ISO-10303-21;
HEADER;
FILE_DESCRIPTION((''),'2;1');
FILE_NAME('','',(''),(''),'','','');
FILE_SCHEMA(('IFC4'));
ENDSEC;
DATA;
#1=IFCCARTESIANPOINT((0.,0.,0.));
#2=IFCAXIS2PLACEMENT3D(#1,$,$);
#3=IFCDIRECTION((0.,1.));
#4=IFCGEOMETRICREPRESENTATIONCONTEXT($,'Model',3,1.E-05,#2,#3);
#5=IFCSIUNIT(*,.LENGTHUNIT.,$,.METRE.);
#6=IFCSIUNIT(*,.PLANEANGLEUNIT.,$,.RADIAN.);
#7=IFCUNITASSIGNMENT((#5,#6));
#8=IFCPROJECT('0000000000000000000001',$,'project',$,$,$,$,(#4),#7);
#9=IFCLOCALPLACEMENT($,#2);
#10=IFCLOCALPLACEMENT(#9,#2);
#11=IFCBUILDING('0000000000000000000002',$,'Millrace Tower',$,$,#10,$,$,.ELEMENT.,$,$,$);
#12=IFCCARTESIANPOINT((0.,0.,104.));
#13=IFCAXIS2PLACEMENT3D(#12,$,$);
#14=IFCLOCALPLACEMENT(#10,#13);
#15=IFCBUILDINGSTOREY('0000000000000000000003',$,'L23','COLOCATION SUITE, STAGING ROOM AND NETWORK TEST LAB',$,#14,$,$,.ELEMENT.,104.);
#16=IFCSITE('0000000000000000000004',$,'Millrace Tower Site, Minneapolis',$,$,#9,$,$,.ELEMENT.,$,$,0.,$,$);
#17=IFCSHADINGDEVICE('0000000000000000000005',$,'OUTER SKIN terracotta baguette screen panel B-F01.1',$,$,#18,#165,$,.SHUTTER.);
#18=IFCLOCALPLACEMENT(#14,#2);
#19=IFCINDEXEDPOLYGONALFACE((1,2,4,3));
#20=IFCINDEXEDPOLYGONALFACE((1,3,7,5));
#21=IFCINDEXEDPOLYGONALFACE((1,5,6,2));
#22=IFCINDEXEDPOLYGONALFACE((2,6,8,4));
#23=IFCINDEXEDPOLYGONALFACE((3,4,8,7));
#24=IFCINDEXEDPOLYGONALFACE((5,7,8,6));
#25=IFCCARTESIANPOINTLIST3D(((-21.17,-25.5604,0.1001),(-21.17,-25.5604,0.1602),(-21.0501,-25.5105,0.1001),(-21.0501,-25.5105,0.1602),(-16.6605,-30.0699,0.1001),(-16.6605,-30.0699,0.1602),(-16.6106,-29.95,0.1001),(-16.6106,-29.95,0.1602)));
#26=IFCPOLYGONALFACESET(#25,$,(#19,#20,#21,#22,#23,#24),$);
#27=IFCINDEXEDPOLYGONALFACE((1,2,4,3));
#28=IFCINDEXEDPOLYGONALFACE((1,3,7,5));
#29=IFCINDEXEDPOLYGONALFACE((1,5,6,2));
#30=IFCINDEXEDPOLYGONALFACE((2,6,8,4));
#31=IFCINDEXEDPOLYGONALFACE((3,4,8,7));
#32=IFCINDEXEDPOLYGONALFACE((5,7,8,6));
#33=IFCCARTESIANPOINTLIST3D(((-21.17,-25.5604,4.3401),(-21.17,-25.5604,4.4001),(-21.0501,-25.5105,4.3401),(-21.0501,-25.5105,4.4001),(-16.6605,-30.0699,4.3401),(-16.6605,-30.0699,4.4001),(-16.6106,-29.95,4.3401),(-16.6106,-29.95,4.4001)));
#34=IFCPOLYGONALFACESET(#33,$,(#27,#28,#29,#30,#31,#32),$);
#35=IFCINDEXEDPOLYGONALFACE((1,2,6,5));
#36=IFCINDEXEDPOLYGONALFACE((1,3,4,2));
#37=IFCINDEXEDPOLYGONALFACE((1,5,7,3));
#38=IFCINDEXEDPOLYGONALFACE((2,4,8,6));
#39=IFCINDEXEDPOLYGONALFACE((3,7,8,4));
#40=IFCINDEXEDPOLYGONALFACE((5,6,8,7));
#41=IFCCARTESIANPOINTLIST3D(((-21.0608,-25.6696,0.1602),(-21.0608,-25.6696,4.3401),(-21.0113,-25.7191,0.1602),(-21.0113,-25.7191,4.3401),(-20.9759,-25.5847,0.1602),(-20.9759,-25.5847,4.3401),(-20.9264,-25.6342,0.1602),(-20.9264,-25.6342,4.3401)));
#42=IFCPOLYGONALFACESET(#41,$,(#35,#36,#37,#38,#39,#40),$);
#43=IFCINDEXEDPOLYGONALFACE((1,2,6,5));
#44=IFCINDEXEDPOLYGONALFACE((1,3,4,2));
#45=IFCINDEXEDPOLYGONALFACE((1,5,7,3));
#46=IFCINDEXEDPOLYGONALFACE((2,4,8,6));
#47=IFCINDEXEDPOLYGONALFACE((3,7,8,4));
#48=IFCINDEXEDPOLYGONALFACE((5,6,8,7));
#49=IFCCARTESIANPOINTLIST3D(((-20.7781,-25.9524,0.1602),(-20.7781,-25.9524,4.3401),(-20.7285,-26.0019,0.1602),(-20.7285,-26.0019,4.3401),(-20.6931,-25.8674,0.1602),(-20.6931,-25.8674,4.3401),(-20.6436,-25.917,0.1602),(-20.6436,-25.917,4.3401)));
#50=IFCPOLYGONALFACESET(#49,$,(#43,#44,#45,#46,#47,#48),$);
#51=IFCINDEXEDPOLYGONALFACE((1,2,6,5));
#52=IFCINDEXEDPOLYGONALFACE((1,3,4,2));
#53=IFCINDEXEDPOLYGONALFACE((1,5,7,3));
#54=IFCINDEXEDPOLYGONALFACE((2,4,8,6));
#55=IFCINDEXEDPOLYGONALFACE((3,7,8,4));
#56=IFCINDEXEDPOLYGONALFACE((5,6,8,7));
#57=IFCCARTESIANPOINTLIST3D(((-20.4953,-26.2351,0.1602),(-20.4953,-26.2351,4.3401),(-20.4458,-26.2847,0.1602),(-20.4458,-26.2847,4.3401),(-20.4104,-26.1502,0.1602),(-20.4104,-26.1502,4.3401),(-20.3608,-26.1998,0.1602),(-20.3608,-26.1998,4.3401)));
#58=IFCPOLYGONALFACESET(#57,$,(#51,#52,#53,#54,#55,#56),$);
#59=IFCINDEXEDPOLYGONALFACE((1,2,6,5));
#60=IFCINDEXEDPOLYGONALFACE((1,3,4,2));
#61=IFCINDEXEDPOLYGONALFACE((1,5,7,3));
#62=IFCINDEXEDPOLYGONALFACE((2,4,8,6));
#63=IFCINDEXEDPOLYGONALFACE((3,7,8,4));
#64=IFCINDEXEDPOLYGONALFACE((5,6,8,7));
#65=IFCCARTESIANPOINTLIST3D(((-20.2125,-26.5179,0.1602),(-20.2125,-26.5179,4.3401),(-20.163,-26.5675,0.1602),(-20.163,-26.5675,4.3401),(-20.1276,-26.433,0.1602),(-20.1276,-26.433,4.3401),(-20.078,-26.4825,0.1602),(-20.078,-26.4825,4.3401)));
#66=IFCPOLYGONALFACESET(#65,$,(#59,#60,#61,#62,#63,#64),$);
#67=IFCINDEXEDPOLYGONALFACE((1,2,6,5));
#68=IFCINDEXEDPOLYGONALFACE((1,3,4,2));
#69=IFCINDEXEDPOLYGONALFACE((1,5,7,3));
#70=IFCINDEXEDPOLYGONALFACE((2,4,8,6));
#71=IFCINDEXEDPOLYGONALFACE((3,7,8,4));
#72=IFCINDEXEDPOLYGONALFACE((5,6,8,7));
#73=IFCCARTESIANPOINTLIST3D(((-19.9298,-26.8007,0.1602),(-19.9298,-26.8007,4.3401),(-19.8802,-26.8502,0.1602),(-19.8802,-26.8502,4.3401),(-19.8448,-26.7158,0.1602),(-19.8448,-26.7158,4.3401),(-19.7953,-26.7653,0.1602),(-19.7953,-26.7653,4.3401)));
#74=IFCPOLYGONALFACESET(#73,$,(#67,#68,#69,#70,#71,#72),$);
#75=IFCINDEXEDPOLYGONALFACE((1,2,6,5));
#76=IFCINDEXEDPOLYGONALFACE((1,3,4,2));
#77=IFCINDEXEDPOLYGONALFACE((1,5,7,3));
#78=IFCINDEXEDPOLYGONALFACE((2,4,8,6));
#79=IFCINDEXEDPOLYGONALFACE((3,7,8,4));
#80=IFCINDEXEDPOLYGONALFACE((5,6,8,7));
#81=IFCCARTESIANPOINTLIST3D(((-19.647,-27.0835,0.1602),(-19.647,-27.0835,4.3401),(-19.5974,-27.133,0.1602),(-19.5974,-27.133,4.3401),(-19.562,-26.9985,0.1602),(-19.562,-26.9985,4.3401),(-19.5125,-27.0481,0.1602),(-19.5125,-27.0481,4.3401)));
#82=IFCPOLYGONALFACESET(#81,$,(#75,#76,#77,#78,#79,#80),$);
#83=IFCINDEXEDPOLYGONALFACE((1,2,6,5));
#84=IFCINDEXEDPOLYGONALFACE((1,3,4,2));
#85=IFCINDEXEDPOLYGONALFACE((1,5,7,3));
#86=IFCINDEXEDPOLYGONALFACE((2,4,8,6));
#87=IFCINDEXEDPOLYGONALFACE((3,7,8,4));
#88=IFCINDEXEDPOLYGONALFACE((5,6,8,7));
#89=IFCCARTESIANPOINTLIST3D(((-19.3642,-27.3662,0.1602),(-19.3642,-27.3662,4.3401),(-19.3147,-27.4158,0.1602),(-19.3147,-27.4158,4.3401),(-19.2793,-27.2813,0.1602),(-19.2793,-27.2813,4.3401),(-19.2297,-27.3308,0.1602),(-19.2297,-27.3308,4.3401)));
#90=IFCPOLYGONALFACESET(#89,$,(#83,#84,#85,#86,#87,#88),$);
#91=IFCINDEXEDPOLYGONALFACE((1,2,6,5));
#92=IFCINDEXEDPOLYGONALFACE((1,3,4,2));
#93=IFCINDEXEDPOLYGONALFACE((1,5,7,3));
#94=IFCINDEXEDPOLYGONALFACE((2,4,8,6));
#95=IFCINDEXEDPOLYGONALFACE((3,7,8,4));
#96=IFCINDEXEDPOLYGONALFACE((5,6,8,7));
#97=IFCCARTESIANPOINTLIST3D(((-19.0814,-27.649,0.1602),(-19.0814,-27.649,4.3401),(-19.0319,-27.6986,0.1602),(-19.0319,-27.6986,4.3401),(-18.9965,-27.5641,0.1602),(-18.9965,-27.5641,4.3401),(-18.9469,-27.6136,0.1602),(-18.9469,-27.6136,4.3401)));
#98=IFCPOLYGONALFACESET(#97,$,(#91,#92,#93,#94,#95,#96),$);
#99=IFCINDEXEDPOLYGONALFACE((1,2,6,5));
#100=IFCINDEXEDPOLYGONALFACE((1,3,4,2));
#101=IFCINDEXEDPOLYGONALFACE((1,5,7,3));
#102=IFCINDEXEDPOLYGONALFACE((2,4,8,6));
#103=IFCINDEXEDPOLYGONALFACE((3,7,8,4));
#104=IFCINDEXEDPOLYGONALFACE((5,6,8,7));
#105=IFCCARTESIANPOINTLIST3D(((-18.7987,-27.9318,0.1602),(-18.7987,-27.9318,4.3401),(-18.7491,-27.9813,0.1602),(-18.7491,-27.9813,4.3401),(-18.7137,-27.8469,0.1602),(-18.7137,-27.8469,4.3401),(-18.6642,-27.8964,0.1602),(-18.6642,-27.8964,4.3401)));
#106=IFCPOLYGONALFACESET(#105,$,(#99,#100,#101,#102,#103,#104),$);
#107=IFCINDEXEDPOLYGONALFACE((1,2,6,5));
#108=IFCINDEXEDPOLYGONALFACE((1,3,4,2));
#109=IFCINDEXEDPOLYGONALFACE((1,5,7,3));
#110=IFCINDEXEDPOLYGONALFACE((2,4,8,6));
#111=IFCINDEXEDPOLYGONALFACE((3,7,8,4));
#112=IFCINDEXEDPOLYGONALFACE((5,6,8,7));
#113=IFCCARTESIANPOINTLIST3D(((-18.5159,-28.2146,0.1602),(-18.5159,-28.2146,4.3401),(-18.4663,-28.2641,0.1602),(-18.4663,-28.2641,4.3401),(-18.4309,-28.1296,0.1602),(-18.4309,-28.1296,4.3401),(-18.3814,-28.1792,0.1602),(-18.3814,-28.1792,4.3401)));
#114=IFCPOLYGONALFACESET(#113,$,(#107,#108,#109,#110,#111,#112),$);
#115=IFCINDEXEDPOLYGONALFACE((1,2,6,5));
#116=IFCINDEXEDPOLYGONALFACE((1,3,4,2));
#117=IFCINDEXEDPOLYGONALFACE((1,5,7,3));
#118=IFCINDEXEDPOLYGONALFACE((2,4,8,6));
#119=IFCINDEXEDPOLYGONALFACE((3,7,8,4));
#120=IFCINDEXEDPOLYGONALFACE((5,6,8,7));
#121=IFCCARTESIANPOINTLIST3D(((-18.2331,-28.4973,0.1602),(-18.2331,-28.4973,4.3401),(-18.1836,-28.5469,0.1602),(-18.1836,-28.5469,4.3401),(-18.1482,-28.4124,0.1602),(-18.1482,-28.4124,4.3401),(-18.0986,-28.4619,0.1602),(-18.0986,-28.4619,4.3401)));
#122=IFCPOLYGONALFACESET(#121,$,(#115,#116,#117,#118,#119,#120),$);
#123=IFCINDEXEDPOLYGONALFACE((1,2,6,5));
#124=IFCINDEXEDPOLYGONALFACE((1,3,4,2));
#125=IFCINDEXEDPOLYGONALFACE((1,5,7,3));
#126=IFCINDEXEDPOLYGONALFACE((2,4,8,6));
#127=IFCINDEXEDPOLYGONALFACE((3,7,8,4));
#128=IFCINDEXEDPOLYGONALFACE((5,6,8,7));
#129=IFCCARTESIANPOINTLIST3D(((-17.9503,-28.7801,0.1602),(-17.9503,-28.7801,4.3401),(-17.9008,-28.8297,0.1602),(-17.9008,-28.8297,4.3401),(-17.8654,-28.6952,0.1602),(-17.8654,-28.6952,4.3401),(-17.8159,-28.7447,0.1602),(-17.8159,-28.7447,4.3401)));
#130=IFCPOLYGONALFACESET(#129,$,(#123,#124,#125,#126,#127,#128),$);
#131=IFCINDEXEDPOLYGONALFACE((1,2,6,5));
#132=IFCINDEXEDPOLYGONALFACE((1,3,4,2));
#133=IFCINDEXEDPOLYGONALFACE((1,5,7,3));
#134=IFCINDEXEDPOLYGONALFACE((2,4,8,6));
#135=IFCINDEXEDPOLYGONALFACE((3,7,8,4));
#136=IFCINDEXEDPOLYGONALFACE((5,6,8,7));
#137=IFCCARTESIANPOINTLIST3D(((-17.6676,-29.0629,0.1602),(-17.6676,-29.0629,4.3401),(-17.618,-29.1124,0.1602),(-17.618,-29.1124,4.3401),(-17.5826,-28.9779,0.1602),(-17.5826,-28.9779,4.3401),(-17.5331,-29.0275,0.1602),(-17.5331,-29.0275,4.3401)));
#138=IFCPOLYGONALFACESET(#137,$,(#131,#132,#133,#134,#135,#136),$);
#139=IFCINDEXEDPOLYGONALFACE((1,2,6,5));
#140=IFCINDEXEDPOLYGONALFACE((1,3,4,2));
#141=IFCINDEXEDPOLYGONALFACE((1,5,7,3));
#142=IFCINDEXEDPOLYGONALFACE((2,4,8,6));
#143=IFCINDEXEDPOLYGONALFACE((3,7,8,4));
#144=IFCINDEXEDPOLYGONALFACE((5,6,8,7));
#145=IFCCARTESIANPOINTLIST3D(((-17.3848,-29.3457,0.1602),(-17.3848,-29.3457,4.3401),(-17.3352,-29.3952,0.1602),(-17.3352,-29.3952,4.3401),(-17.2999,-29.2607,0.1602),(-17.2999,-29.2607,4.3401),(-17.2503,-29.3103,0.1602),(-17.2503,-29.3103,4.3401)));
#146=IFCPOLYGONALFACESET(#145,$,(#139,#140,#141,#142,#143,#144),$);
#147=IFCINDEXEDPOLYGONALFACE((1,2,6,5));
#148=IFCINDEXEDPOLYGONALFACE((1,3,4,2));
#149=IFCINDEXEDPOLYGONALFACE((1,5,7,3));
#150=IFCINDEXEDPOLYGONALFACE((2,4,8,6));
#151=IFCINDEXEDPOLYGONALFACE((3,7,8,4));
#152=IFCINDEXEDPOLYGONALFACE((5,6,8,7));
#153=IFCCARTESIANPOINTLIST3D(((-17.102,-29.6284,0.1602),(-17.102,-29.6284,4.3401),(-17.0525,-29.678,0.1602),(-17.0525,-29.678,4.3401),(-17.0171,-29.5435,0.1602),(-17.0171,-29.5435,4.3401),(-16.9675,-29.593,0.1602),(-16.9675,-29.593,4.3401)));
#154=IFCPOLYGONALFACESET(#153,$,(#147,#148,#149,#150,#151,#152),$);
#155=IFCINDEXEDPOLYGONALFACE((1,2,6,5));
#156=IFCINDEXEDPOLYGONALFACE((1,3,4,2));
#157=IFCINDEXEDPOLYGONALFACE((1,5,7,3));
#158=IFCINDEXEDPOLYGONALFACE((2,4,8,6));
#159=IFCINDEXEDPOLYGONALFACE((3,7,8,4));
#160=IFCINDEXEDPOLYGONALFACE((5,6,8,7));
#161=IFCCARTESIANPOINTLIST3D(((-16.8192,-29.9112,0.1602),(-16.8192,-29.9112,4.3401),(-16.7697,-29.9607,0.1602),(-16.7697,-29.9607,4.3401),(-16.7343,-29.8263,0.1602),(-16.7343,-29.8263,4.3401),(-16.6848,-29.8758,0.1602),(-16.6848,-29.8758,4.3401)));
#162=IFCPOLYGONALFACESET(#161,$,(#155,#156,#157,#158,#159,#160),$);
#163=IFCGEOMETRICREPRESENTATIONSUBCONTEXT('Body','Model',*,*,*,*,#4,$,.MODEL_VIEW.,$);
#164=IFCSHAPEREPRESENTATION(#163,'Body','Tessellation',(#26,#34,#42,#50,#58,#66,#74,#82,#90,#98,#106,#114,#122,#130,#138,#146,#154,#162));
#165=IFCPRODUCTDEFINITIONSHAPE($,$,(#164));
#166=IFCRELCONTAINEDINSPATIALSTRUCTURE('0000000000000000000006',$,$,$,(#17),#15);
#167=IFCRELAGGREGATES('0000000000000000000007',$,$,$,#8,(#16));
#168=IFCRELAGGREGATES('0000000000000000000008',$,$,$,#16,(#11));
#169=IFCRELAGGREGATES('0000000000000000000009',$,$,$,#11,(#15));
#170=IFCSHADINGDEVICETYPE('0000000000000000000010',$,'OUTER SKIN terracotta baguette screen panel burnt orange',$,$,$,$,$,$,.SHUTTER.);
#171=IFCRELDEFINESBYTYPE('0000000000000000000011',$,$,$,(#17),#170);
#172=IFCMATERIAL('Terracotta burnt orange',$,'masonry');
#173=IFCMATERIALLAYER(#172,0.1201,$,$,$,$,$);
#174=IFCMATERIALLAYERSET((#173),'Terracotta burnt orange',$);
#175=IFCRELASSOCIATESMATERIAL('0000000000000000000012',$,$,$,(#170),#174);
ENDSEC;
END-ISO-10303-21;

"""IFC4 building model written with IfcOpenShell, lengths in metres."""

from ifc_helpers import new_model, entity, si_unit, direction, frame, frame_2d, origin, place, context, subcontext, project, spatial, rectangle, extrude, source, transform, mapped, material, layer, layer_set, type_object, element, save


model = new_model("IFC4")

# Units and contexts
model_context = context("Model", 3, precision=1e-05, world=origin(), true_north=direction((0.0, 1.0)))
body_context = subcontext(model_context, "Body", "Model", "MODEL_VIEW")
ifc_project = project(units=[si_unit("LENGTHUNIT", "METRE"), si_unit("PLANEANGLEUNIT", "RADIAN")], contexts=[model_context])

# Site, building, storey
site_placement = place(None, origin())
site = spatial("IfcSite", under=ifc_project, at=site_placement, Name="Millrace Tower Site, Minneapolis", CompositionType="ELEMENT", RefElevation=0.0)
building_placement = place(site_placement, origin())
building = spatial("IfcBuilding", under=site, at=building_placement, Name="Millrace Tower", CompositionType="ELEMENT")
storey_placement = place(building_placement, frame((0.0, 0.0, 104.0)))
storey = spatial("IfcBuildingStorey", under=building, at=storey_placement, Name="L23", Description="COLOCATION SUITE, STAGING ROOM AND NETWORK TEST LAB", CompositionType="ELEMENT", Elevation=104.0)

# Shading device
ifc_material_1 = material(Name="Terracotta burnt orange", Category="masonry")
ifc_layer_1 = layer(ifc_material_1, 0.1201)
ifc_layer_set_1 = layer_set([ifc_layer_1], Name="Terracotta burnt orange")
shading_device_type = type_object("IfcShadingDeviceType", Name="OUTER SKIN terracotta baguette screen panel burnt orange", PredefinedType="SHUTTER", material=ifc_layer_set_1)
cartesian_point_1 = entity("IfcCartesianPoint", [-3.1392, 0.0601])
shared_polyline_1 = entity("IfcPolyline", [cartesian_point_1, entity("IfcCartesianPoint", [3.1392, 0.0601]), entity("IfcCartesianPoint", [3.1887, -0.0601]), entity("IfcCartesianPoint", [-3.1887, -0.0601]), cartesian_point_1])
shared_shape_1 = source(origin(), body_context, "Body", "SweptSolid", [
    entity("IfcExtrudedAreaSolid", entity("IfcArbitraryClosedProfileDef", "AREA", None, shared_polyline_1), entity("IfcAxis2Placement3D", entity("IfcCartesianPoint", [0.0, 0.0, 0.0])), entity("IfcDirection", [0.0, 0.0, 1.0]), 0.0601),
    entity("IfcExtrudedAreaSolid", entity("IfcArbitraryClosedProfileDef", "AREA", None, shared_polyline_1), entity("IfcAxis2Placement3D", entity("IfcCartesianPoint", [0.0, 0.0, 4.24])), entity("IfcDirection", [0.0, 0.0, 1.0]), 0.0601),
    extrude(rectangle(XDim=0.0701, YDim=0.1201, at=frame_2d((-2.9993, 0.0))), frame((0.0, 0.0, 0.0601)), (0.0, 0.0, 1.0), 4.1799),
    extrude(rectangle(XDim=0.0701, YDim=0.1201, at=frame_2d((-2.5994, 0.0))), frame((0.0, 0.0, 0.0601)), (0.0, 0.0, 1.0), 4.1799),
    extrude(rectangle(XDim=0.0701, YDim=0.1201, at=frame_2d((-2.1995, 0.0))), frame((0.0, 0.0, 0.0601)), (0.0, 0.0, 1.0), 4.1799),
    extrude(rectangle(XDim=0.0701, YDim=0.1201, at=frame_2d((-1.7996, 0.0))), frame((0.0, 0.0, 0.0601)), (0.0, 0.0, 1.0), 4.1799),
    extrude(rectangle(XDim=0.0701, YDim=0.1201, at=frame_2d((-1.3997, 0.0))), frame((0.0, 0.0, 0.0601)), (0.0, 0.0, 1.0), 4.1799),
    extrude(rectangle(XDim=0.0701, YDim=0.1201, at=frame_2d((-0.9998, 0.0))), frame((0.0, 0.0, 0.0601)), (0.0, 0.0, 1.0), 4.1799),
    extrude(rectangle(XDim=0.0701, YDim=0.1201, at=frame_2d((-0.5999, 0.0))), frame((0.0, 0.0, 0.0601)), (0.0, 0.0, 1.0), 4.1799),
    extrude(rectangle(XDim=0.0701, YDim=0.1201, at=frame_2d((-0.2, 0.0))), frame((0.0, 0.0, 0.0601)), (0.0, 0.0, 1.0), 4.1799),
    extrude(rectangle(XDim=0.0701, YDim=0.1201, at=frame_2d((0.2, 0.0))), frame((0.0, 0.0, 0.0601)), (0.0, 0.0, 1.0), 4.1799),
    extrude(rectangle(XDim=0.0701, YDim=0.1201, at=frame_2d((0.5999, 0.0))), frame((0.0, 0.0, 0.0601)), (0.0, 0.0, 1.0), 4.1799),
    extrude(rectangle(XDim=0.0701, YDim=0.1201, at=frame_2d((0.9998, 0.0))), frame((0.0, 0.0, 0.0601)), (0.0, 0.0, 1.0), 4.1799),
    extrude(rectangle(XDim=0.0701, YDim=0.1201, at=frame_2d((1.3997, 0.0))), frame((0.0, 0.0, 0.0601)), (0.0, 0.0, 1.0), 4.1799),
    extrude(rectangle(XDim=0.0701, YDim=0.1201, at=frame_2d((1.7996, 0.0))), frame((0.0, 0.0, 0.0601)), (0.0, 0.0, 1.0), 4.1799),
    extrude(rectangle(XDim=0.0701, YDim=0.1201, at=frame_2d((2.1995, 0.0))), frame((0.0, 0.0, 0.0601)), (0.0, 0.0, 1.0), 4.1799),
    extrude(rectangle(XDim=0.0701, YDim=0.1201, at=frame_2d((2.5994, 0.0))), frame((0.0, 0.0, 0.0601)), (0.0, 0.0, 1.0), 4.1799),
    extrude(rectangle(XDim=0.0701, YDim=0.1201, at=frame_2d((2.9993, 0.0))), frame((0.0, 0.0, 0.0601)), (0.0, 0.0, 1.0), 4.1799),
])
shading_device_1_placement = place(storey_placement, frame((-18.8728, -27.7727, 0.1001), z_axis=(0.0, 0.0, 1.0), x_axis=(0.707107, -0.707107, 0.0)))
element("IfcShadingDevice", 1, at=shading_device_1_placement, inside=storey, type_object=shading_device_type, Name="OUTER SKIN terracotta baguette screen panel B-F01.1", PredefinedType="SHUTTER", context=body_context, shape_type="MappedRepresentation", body=[
    mapped(shared_shape_1, transform((0.0, 0.0, 0.0), scale=1.0)),
])

save(model, "model.ifc")
